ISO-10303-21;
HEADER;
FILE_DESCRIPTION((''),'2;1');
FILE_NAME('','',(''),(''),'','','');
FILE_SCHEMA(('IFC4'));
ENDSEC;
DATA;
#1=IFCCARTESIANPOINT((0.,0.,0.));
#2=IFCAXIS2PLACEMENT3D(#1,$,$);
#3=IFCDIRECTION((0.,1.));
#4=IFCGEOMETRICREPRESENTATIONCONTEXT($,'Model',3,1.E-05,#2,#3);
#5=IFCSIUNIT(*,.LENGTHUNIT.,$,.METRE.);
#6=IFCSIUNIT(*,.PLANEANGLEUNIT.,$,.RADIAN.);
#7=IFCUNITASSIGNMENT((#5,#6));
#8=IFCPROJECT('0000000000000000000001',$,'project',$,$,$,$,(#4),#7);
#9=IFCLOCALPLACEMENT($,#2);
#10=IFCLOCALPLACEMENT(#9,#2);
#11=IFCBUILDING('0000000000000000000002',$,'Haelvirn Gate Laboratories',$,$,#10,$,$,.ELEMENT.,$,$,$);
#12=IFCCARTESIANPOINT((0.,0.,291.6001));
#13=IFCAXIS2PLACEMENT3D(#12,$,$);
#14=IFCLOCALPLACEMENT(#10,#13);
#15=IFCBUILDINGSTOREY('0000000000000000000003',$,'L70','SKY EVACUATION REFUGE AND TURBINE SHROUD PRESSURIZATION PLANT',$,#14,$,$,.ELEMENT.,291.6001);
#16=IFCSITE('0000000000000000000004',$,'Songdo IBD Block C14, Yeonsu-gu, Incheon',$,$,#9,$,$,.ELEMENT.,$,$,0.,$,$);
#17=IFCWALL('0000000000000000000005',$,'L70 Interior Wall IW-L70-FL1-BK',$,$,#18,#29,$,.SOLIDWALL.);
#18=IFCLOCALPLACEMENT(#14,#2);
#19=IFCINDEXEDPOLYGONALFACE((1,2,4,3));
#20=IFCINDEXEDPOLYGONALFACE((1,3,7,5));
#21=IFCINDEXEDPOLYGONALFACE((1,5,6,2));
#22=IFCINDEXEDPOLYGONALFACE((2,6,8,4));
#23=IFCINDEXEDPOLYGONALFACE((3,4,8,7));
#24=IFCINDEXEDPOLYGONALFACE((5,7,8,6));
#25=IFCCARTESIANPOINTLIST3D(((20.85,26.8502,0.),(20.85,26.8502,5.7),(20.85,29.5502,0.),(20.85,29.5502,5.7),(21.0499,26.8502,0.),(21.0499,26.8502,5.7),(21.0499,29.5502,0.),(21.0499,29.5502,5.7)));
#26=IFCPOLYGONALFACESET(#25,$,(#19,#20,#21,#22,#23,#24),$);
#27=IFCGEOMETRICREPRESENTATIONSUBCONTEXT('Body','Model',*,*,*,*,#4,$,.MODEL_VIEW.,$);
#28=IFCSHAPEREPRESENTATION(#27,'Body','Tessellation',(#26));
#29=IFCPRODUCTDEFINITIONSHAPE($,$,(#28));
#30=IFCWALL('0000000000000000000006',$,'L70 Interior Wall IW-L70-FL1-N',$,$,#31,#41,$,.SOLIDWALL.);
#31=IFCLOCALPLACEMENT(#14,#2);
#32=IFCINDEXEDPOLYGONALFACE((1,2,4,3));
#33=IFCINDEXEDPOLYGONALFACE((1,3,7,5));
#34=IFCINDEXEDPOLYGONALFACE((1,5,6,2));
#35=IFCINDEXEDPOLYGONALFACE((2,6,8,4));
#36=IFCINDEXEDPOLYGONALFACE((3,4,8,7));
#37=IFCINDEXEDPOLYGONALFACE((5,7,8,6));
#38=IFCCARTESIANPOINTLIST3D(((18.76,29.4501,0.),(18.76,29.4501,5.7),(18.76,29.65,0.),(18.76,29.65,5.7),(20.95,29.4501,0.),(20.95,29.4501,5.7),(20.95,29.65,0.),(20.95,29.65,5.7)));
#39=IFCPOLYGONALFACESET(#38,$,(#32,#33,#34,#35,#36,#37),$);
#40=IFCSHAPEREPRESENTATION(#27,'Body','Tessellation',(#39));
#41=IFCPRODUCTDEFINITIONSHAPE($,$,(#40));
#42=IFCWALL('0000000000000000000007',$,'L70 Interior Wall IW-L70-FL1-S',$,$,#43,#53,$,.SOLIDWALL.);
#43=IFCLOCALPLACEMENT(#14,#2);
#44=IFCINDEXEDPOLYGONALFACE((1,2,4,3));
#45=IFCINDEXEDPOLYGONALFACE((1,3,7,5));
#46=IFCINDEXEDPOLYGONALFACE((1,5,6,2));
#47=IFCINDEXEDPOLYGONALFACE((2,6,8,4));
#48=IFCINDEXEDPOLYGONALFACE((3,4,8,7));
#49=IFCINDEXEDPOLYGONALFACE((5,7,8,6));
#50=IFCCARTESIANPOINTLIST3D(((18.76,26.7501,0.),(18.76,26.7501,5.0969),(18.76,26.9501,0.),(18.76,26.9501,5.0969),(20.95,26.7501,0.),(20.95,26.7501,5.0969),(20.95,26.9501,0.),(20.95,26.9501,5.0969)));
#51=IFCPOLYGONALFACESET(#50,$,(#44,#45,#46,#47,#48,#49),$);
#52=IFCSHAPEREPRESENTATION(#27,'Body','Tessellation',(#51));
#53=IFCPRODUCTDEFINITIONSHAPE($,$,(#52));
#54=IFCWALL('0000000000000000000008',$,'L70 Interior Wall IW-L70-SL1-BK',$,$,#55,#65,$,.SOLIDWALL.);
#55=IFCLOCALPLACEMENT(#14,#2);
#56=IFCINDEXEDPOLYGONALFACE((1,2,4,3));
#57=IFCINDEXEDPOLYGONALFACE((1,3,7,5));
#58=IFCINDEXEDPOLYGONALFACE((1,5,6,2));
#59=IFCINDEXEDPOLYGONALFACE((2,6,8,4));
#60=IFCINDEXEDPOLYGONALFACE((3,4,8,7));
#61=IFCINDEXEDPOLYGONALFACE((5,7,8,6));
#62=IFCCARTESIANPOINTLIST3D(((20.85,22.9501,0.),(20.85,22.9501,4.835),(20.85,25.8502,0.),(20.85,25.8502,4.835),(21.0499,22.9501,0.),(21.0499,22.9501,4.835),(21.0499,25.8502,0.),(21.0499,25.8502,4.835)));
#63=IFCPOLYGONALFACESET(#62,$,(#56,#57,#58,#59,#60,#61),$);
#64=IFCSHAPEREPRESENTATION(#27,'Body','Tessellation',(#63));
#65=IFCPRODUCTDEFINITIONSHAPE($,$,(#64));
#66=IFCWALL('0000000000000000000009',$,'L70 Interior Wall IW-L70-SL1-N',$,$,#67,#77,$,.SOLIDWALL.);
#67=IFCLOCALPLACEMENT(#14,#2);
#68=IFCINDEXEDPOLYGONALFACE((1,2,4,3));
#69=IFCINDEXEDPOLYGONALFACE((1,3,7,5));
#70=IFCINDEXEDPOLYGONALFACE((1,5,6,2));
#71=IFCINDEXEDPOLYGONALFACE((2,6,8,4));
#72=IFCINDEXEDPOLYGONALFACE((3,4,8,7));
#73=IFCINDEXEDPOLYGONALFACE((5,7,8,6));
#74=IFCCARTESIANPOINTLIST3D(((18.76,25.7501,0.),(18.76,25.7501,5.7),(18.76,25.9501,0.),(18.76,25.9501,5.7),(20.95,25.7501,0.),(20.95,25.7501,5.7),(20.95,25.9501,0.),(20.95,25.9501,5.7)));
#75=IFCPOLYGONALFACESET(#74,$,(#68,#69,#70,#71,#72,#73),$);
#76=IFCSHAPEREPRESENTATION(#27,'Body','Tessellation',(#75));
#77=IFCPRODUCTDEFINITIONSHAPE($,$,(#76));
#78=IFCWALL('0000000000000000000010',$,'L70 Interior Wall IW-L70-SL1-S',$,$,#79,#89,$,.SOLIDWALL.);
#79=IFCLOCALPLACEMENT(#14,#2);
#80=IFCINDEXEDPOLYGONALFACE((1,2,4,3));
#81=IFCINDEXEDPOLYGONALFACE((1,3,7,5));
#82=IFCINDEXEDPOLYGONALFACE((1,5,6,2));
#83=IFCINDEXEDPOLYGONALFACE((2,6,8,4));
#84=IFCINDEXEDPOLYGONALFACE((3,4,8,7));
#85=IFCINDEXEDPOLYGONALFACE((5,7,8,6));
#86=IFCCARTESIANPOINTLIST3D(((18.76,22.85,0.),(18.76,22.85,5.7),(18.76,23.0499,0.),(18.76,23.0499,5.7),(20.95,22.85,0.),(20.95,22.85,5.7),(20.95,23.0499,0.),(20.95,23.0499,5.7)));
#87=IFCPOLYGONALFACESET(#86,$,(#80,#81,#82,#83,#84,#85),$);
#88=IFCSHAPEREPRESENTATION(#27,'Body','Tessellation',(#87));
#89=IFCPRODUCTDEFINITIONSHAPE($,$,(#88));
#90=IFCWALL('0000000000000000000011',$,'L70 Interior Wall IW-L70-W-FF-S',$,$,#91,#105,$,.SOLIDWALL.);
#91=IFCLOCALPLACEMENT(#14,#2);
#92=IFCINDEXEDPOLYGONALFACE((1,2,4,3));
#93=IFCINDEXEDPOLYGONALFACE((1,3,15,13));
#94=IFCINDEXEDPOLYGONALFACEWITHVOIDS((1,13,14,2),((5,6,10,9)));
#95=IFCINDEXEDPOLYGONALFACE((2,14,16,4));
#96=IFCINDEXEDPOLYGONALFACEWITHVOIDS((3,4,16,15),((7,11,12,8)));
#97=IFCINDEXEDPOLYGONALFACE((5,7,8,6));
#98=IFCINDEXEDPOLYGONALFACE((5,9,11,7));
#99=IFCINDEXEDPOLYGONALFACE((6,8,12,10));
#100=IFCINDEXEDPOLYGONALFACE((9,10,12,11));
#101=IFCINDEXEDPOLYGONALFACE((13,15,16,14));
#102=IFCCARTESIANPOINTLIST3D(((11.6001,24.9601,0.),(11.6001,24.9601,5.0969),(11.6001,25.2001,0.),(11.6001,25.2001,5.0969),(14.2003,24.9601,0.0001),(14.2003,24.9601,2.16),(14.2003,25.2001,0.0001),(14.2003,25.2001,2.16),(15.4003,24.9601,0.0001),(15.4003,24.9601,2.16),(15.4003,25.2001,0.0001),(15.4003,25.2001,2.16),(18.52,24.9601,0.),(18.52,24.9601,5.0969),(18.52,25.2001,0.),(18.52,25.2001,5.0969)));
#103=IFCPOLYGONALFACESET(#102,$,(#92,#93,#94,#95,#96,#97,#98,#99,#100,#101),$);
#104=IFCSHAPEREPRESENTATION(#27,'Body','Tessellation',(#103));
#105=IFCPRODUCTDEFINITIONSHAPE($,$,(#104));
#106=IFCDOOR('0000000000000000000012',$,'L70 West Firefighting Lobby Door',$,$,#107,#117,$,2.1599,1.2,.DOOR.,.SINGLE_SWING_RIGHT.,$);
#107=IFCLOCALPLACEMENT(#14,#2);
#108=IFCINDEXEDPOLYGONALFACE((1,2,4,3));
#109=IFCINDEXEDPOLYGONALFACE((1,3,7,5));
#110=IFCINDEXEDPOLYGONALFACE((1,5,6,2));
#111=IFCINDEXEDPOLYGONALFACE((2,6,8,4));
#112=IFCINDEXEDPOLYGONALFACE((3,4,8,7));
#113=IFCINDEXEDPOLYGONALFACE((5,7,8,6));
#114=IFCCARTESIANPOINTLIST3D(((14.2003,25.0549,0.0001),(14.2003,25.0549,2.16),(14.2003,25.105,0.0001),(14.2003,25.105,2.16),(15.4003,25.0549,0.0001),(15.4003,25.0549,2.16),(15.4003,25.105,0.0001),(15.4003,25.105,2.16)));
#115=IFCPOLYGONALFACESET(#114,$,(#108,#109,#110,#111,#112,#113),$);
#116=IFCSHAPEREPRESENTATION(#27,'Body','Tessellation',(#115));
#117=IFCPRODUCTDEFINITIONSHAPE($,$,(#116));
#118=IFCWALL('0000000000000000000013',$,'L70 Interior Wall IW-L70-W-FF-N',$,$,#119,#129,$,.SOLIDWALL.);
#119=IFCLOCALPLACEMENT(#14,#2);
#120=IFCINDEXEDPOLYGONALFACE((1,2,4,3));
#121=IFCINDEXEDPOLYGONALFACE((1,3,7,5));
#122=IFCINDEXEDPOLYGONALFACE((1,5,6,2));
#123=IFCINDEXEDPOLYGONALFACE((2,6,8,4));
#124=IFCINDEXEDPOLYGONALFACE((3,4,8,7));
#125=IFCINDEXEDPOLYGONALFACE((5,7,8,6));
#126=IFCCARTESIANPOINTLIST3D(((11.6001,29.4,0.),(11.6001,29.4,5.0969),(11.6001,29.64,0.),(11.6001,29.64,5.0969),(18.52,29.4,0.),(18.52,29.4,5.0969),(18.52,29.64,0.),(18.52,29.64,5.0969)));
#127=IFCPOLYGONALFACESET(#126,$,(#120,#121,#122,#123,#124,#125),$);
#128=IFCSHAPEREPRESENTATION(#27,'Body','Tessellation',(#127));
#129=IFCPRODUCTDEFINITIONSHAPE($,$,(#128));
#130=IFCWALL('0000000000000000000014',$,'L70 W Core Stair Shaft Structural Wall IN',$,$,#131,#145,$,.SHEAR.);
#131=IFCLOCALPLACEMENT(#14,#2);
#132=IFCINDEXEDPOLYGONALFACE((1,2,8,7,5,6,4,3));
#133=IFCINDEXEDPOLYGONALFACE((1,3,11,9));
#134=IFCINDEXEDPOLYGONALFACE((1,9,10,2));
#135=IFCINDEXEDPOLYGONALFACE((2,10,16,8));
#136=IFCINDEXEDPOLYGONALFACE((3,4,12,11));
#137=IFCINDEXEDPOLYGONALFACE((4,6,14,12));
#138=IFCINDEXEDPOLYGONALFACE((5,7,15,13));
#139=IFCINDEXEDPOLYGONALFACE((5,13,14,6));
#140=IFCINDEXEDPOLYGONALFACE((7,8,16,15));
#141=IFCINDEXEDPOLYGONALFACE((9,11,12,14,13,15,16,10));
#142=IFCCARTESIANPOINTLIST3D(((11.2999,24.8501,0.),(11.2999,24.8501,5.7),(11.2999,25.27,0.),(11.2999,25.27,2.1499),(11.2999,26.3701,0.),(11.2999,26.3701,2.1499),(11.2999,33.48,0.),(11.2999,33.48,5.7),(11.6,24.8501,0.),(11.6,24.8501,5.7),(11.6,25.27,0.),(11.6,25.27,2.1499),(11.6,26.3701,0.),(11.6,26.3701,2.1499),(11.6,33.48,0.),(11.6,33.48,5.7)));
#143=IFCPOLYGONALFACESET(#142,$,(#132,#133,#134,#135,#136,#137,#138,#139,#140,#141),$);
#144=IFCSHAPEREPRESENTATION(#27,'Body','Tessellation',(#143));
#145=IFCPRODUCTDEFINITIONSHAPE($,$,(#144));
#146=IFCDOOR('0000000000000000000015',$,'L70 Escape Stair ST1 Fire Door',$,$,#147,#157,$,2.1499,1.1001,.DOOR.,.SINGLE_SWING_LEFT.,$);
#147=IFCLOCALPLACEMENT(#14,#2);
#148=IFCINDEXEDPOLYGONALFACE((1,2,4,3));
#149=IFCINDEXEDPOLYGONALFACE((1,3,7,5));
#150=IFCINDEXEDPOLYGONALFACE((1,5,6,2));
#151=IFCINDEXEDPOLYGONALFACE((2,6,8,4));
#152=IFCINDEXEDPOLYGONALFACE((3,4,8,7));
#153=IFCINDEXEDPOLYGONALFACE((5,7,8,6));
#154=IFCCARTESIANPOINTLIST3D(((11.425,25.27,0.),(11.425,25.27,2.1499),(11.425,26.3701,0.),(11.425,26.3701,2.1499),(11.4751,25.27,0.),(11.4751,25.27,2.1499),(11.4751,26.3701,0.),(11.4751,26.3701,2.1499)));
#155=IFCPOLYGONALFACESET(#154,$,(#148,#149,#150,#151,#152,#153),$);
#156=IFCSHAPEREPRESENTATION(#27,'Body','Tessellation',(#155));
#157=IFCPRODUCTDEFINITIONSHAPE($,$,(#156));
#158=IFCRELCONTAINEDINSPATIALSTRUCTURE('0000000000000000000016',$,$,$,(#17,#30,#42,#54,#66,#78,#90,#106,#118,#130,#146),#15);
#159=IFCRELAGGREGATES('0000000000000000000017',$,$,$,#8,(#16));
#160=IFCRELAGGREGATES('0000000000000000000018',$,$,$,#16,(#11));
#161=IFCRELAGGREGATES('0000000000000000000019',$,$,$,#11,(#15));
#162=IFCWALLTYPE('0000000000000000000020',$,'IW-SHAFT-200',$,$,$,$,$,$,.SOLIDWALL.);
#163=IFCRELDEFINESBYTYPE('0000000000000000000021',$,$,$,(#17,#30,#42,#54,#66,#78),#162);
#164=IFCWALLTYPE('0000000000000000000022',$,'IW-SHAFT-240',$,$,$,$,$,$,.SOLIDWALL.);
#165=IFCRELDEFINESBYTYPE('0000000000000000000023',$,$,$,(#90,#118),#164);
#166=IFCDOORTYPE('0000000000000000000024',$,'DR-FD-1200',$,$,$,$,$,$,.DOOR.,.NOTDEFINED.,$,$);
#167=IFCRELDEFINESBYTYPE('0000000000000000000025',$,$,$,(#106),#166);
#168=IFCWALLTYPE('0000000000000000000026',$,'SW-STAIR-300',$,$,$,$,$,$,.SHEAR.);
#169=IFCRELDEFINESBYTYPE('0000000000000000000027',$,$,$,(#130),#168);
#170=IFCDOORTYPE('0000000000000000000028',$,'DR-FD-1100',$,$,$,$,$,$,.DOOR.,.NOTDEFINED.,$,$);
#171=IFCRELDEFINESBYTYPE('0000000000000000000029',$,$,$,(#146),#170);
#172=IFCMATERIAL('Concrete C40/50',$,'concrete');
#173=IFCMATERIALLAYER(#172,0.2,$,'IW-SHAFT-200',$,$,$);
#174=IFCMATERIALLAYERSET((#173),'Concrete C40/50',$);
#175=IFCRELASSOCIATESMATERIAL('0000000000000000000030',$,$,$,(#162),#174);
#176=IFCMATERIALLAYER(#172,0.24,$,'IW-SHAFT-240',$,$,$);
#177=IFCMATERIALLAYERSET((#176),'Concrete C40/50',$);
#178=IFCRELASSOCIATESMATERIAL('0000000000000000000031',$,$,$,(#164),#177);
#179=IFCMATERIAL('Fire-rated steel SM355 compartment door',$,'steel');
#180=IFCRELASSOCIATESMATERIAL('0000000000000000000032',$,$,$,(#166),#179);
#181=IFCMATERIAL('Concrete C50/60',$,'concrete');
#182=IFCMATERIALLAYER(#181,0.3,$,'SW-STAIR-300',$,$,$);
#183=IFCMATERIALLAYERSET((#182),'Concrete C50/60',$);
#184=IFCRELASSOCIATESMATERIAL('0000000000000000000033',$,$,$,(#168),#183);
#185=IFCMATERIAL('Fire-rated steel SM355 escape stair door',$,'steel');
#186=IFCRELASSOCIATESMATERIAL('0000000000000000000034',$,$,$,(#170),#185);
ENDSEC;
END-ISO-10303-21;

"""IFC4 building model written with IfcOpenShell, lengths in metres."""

from ifc_helpers import new_model, si_unit, direction, frame, frame_2d, origin, place, context, subcontext, project, spatial, rectangle, extrude, source, transform, mapped, material, layer, layer_set, type_object, type_shapes, element, fill, save


model = new_model("IFC4")

# Units and contexts
model_context = context("Model", 3, precision=1e-05, world=origin(), true_north=direction((0.0, 1.0)))
body_context = subcontext(model_context, "Body", "Model", "MODEL_VIEW")
ifc_project = project(units=[si_unit("LENGTHUNIT", "METRE"), si_unit("PLANEANGLEUNIT", "RADIAN")], contexts=[model_context])

# Site, building, storey
site_placement = place(None, origin())
site = spatial("IfcSite", under=ifc_project, at=site_placement, Name="Songdo IBD Block C14, Yeonsu-gu, Incheon", CompositionType="ELEMENT", RefElevation=0.0)
building_placement = place(site_placement, origin())
building = spatial("IfcBuilding", under=site, at=building_placement, Name="Haelvirn Gate Laboratories", CompositionType="ELEMENT")
storey_placement = place(building_placement, frame((0.0, 0.0, 291.6001)))
storey = spatial("IfcBuildingStorey", under=building, at=storey_placement, Name="L70", Description="SKY EVACUATION REFUGE AND TURBINE SHROUD PRESSURIZATION PLANT", CompositionType="ELEMENT", Elevation=291.6001)

# Walls
ifc_material_1 = material(Name="Concrete C40/50", Category="concrete")
ifc_layer_1 = layer(ifc_material_1, 0.2, Name="IW-SHAFT-200")
ifc_layer_set_1 = layer_set([ifc_layer_1], Name="Concrete C40/50")
wall_type_1 = type_object("IfcWallType", Name="IW-SHAFT-200", PredefinedType="SOLIDWALL", material=ifc_layer_set_1)
wall_1_placement = place(storey_placement, frame((20.95, 26.8501, 0.0), z_axis=(0.0, 0.0, 1.0), x_axis=(0.0, 1.0, 0.0)))
element("IfcWall", 1, at=wall_1_placement, inside=storey, type_object=wall_type_1, Name="L70 Interior Wall IW-L70-FL1-BK", PredefinedType="SOLIDWALL", context=body_context, shape_type="SweptSolid", body=[
    extrude(rectangle(XDim=2.7, YDim=0.2, at=frame_2d((1.3501, 0.0))), origin(), (0.0, 0.0, 1.0), 5.7),
])
wall_2_placement = place(storey_placement, frame((18.76, 29.55, 0.0), z_axis=(0.0, 0.0, 1.0), x_axis=(1.0, 0.0, 0.0)))
element("IfcWall", 2, at=wall_2_placement, inside=storey, type_object=wall_type_1, Name="L70 Interior Wall IW-L70-FL1-N", PredefinedType="SOLIDWALL", context=body_context, shape_type="SweptSolid", body=[
    extrude(rectangle(XDim=2.1899, YDim=0.2, at=frame_2d((1.095, 0.0))), origin(), (0.0, 0.0, 1.0), 5.7),
])
wall_3_placement = place(storey_placement, frame((18.76, 26.8501, 0.0), z_axis=(0.0, 0.0, 1.0), x_axis=(1.0, 0.0, 0.0)))
element("IfcWall", 3, at=wall_3_placement, inside=storey, type_object=wall_type_1, Name="L70 Interior Wall IW-L70-FL1-S", PredefinedType="SOLIDWALL", context=body_context, shape_type="SweptSolid", body=[
    extrude(rectangle(XDim=2.1899, YDim=0.2, at=frame_2d((1.095, 0.0))), origin(), (0.0, 0.0, 1.0), 5.0969),
])
wall_4_placement = place(storey_placement, frame((20.95, 22.95, 0.0), z_axis=(0.0, 0.0, 1.0), x_axis=(0.0, 1.0, 0.0)))
element("IfcWall", 4, at=wall_4_placement, inside=storey, type_object=wall_type_1, Name="L70 Interior Wall IW-L70-SL1-BK", PredefinedType="SOLIDWALL", context=body_context, shape_type="SweptSolid", body=[
    extrude(rectangle(XDim=2.9001, YDim=0.2, at=frame_2d((1.4502, 0.0))), origin(), (0.0, 0.0, 1.0), 4.835),
])
for number, where, z_axis, x_axis, name in (
    (5, (18.76, 25.8501, 0.0), (0.0, 0.0, 1.0), (1.0, 0.0, 0.0), "L70 Interior Wall IW-L70-SL1-N"),
    (6, (18.76, 22.95, 0.0), (0.0, 0.0, 1.0), (1.0, 0.0, 0.0), "L70 Interior Wall IW-L70-SL1-S"),
):
    element("IfcWall", number, at=place(storey_placement, frame(where, z_axis=z_axis, x_axis=x_axis)), inside=storey, type_object=wall_type_1, Name=name, PredefinedType="SOLIDWALL", context=body_context, shape_type="SweptSolid", body=[
        extrude(rectangle(XDim=2.1899, YDim=0.2, at=frame_2d((1.095, 0.0))), origin(), (0.0, 0.0, 1.0), 5.7),
    ])

# Wall, opening, door
ifc_layer_2 = layer(ifc_material_1, 0.24, Name="IW-SHAFT-240")
ifc_layer_set_2 = layer_set([ifc_layer_2], Name="Concrete C40/50")
wall_type_2 = type_object("IfcWallType", Name="IW-SHAFT-240", PredefinedType="SOLIDWALL", material=ifc_layer_set_2)
wall_5_placement = place(storey_placement, frame((11.6001, 25.0801, 0.0), z_axis=(0.0, 0.0, 1.0), x_axis=(1.0, 0.0, 0.0)))
wall_5 = element("IfcWall", 7, at=wall_5_placement, inside=storey, type_object=wall_type_2, Name="L70 Interior Wall IW-L70-W-FF-S", PredefinedType="SOLIDWALL", context=body_context, shape_type="SweptSolid", body=[
    extrude(rectangle(XDim=6.9199, YDim=0.24, at=frame_2d((3.46, 0.0))), origin(), (0.0, 0.0, 1.0), 5.0969),
])
opening_1_placement = place(wall_5_placement, frame((2.6001, 0.0, 0.0)))
opening_1 = element("IfcOpeningElement", 8, at=opening_1_placement, cuts=wall_5, PredefinedType="OPENING", context=body_context, shape_type="SweptSolid", body=[
    extrude(rectangle(XDim=1.2, YDim=2.1599, at=frame_2d((0.6001, 1.0801))), frame((0.0, 0.1299, 0.0), z_axis=(0.0, -1.0, 0.0), x_axis=(1.0, 0.0, 0.0)), (0.0, 0.0, 1.0), 0.26),
])
ifc_material_2 = material(Name="Fire-rated steel SM355 compartment door", Category="steel")
door_type_1 = type_object("IfcDoorType", Name="DR-FD-1200", OperationType="NOTDEFINED", PredefinedType="DOOR", material=ifc_material_2)
shared_shape_1 = source(origin(), body_context, "Body", "SweptSolid", [
    extrude(rectangle(XDim=1.2, YDim=2.1599, at=frame_2d((0.6001, 1.0801))), frame((0.0, 0.0249, 0.0), z_axis=(0.0, -1.0, 0.0), x_axis=(1.0, 0.0, 0.0)), (0.0, 0.0, 1.0), 0.05),
])
type_shapes(door_type_1, [shared_shape_1])
door_1_placement = place(opening_1_placement, origin())
door_1 = element("IfcDoor", 9, at=door_1_placement, inside=storey, type_object=door_type_1, Name="L70 West Firefighting Lobby Door", OperationType="SINGLE_SWING_RIGHT", OverallHeight=2.1599, OverallWidth=1.2, PredefinedType="DOOR", context=body_context, shape_type="MappedRepresentation", body=[
    mapped(shared_shape_1, transform((0.0, 0.0, 0.0), scale=1.0)),
])
fill(opening_1, door_1)

# Wall
wall_6_placement = place(storey_placement, frame((11.6001, 29.52, 0.0), z_axis=(0.0, 0.0, 1.0), x_axis=(1.0, 0.0, 0.0)))
element("IfcWall", 10, at=wall_6_placement, inside=storey, type_object=wall_type_2, Name="L70 Interior Wall IW-L70-W-FF-N", PredefinedType="SOLIDWALL", context=body_context, shape_type="SweptSolid", body=[
    extrude(rectangle(XDim=6.9199, YDim=0.24, at=frame_2d((3.46, 0.0))), origin(), (0.0, 0.0, 1.0), 5.0969),
])

# Wall, opening, door
ifc_material_3 = material(Name="Concrete C50/60", Category="concrete")
ifc_layer_3 = layer(ifc_material_3, 0.3, Name="SW-STAIR-300")
ifc_layer_set_3 = layer_set([ifc_layer_3], Name="Concrete C50/60")
wall_type_3 = type_object("IfcWallType", Name="SW-STAIR-300", PredefinedType="SHEAR", material=ifc_layer_set_3)
wall_7_placement = place(storey_placement, frame((11.45, 24.8501, 0.0), z_axis=(0.0, 0.0, 1.0), x_axis=(0.0, 1.0, 0.0)))
wall_7 = element("IfcWall", 11, at=wall_7_placement, inside=storey, type_object=wall_type_3, Name="L70 W Core Stair Shaft Structural Wall IN", PredefinedType="SHEAR", context=body_context, shape_type="SweptSolid", body=[
    extrude(rectangle(XDim=8.6299, YDim=0.3, at=frame_2d((4.3149, 0.0))), origin(), (0.0, 0.0, 1.0), 5.7),
])
opening_2_placement = place(wall_7_placement, frame((0.4199, 0.0, 0.0)))
opening_2 = element("IfcOpeningElement", 12, at=opening_2_placement, cuts=wall_7, PredefinedType="OPENING", context=body_context, shape_type="SweptSolid", body=[
    extrude(rectangle(XDim=1.1001, YDim=2.1499, at=frame_2d((0.55, 1.075))), frame((0.0, 0.1602, 0.0), z_axis=(0.0, -1.0, 0.0), x_axis=(1.0, 0.0, 0.0)), (0.0, 0.0, 1.0), 0.3201),
])
ifc_material_4 = material(Name="Fire-rated steel SM355 escape stair door", Category="steel")
door_type_2 = type_object("IfcDoorType", Name="DR-FD-1100", OperationType="NOTDEFINED", PredefinedType="DOOR", material=ifc_material_4)
shared_shape_2 = source(origin(), body_context, "Body", "SweptSolid", [
    extrude(rectangle(XDim=1.1001, YDim=2.1499, at=frame_2d((0.55, 1.075))), frame((0.0, 0.0249, 0.0), z_axis=(0.0, -1.0, 0.0), x_axis=(1.0, 0.0, 0.0)), (0.0, 0.0, 1.0), 0.05),
])
type_shapes(door_type_2, [shared_shape_2])
door_2_placement = place(opening_2_placement, origin())
door_2 = element("IfcDoor", 13, at=door_2_placement, inside=storey, type_object=door_type_2, Name="L70 Escape Stair ST1 Fire Door", OperationType="SINGLE_SWING_LEFT", OverallHeight=2.1499, OverallWidth=1.1001, PredefinedType="DOOR", context=body_context, shape_type="MappedRepresentation", body=[
    mapped(shared_shape_2, transform((0.0, 0.0, 0.0), scale=1.0)),
])
fill(opening_2, door_2)

save(model, "model.ifc")
